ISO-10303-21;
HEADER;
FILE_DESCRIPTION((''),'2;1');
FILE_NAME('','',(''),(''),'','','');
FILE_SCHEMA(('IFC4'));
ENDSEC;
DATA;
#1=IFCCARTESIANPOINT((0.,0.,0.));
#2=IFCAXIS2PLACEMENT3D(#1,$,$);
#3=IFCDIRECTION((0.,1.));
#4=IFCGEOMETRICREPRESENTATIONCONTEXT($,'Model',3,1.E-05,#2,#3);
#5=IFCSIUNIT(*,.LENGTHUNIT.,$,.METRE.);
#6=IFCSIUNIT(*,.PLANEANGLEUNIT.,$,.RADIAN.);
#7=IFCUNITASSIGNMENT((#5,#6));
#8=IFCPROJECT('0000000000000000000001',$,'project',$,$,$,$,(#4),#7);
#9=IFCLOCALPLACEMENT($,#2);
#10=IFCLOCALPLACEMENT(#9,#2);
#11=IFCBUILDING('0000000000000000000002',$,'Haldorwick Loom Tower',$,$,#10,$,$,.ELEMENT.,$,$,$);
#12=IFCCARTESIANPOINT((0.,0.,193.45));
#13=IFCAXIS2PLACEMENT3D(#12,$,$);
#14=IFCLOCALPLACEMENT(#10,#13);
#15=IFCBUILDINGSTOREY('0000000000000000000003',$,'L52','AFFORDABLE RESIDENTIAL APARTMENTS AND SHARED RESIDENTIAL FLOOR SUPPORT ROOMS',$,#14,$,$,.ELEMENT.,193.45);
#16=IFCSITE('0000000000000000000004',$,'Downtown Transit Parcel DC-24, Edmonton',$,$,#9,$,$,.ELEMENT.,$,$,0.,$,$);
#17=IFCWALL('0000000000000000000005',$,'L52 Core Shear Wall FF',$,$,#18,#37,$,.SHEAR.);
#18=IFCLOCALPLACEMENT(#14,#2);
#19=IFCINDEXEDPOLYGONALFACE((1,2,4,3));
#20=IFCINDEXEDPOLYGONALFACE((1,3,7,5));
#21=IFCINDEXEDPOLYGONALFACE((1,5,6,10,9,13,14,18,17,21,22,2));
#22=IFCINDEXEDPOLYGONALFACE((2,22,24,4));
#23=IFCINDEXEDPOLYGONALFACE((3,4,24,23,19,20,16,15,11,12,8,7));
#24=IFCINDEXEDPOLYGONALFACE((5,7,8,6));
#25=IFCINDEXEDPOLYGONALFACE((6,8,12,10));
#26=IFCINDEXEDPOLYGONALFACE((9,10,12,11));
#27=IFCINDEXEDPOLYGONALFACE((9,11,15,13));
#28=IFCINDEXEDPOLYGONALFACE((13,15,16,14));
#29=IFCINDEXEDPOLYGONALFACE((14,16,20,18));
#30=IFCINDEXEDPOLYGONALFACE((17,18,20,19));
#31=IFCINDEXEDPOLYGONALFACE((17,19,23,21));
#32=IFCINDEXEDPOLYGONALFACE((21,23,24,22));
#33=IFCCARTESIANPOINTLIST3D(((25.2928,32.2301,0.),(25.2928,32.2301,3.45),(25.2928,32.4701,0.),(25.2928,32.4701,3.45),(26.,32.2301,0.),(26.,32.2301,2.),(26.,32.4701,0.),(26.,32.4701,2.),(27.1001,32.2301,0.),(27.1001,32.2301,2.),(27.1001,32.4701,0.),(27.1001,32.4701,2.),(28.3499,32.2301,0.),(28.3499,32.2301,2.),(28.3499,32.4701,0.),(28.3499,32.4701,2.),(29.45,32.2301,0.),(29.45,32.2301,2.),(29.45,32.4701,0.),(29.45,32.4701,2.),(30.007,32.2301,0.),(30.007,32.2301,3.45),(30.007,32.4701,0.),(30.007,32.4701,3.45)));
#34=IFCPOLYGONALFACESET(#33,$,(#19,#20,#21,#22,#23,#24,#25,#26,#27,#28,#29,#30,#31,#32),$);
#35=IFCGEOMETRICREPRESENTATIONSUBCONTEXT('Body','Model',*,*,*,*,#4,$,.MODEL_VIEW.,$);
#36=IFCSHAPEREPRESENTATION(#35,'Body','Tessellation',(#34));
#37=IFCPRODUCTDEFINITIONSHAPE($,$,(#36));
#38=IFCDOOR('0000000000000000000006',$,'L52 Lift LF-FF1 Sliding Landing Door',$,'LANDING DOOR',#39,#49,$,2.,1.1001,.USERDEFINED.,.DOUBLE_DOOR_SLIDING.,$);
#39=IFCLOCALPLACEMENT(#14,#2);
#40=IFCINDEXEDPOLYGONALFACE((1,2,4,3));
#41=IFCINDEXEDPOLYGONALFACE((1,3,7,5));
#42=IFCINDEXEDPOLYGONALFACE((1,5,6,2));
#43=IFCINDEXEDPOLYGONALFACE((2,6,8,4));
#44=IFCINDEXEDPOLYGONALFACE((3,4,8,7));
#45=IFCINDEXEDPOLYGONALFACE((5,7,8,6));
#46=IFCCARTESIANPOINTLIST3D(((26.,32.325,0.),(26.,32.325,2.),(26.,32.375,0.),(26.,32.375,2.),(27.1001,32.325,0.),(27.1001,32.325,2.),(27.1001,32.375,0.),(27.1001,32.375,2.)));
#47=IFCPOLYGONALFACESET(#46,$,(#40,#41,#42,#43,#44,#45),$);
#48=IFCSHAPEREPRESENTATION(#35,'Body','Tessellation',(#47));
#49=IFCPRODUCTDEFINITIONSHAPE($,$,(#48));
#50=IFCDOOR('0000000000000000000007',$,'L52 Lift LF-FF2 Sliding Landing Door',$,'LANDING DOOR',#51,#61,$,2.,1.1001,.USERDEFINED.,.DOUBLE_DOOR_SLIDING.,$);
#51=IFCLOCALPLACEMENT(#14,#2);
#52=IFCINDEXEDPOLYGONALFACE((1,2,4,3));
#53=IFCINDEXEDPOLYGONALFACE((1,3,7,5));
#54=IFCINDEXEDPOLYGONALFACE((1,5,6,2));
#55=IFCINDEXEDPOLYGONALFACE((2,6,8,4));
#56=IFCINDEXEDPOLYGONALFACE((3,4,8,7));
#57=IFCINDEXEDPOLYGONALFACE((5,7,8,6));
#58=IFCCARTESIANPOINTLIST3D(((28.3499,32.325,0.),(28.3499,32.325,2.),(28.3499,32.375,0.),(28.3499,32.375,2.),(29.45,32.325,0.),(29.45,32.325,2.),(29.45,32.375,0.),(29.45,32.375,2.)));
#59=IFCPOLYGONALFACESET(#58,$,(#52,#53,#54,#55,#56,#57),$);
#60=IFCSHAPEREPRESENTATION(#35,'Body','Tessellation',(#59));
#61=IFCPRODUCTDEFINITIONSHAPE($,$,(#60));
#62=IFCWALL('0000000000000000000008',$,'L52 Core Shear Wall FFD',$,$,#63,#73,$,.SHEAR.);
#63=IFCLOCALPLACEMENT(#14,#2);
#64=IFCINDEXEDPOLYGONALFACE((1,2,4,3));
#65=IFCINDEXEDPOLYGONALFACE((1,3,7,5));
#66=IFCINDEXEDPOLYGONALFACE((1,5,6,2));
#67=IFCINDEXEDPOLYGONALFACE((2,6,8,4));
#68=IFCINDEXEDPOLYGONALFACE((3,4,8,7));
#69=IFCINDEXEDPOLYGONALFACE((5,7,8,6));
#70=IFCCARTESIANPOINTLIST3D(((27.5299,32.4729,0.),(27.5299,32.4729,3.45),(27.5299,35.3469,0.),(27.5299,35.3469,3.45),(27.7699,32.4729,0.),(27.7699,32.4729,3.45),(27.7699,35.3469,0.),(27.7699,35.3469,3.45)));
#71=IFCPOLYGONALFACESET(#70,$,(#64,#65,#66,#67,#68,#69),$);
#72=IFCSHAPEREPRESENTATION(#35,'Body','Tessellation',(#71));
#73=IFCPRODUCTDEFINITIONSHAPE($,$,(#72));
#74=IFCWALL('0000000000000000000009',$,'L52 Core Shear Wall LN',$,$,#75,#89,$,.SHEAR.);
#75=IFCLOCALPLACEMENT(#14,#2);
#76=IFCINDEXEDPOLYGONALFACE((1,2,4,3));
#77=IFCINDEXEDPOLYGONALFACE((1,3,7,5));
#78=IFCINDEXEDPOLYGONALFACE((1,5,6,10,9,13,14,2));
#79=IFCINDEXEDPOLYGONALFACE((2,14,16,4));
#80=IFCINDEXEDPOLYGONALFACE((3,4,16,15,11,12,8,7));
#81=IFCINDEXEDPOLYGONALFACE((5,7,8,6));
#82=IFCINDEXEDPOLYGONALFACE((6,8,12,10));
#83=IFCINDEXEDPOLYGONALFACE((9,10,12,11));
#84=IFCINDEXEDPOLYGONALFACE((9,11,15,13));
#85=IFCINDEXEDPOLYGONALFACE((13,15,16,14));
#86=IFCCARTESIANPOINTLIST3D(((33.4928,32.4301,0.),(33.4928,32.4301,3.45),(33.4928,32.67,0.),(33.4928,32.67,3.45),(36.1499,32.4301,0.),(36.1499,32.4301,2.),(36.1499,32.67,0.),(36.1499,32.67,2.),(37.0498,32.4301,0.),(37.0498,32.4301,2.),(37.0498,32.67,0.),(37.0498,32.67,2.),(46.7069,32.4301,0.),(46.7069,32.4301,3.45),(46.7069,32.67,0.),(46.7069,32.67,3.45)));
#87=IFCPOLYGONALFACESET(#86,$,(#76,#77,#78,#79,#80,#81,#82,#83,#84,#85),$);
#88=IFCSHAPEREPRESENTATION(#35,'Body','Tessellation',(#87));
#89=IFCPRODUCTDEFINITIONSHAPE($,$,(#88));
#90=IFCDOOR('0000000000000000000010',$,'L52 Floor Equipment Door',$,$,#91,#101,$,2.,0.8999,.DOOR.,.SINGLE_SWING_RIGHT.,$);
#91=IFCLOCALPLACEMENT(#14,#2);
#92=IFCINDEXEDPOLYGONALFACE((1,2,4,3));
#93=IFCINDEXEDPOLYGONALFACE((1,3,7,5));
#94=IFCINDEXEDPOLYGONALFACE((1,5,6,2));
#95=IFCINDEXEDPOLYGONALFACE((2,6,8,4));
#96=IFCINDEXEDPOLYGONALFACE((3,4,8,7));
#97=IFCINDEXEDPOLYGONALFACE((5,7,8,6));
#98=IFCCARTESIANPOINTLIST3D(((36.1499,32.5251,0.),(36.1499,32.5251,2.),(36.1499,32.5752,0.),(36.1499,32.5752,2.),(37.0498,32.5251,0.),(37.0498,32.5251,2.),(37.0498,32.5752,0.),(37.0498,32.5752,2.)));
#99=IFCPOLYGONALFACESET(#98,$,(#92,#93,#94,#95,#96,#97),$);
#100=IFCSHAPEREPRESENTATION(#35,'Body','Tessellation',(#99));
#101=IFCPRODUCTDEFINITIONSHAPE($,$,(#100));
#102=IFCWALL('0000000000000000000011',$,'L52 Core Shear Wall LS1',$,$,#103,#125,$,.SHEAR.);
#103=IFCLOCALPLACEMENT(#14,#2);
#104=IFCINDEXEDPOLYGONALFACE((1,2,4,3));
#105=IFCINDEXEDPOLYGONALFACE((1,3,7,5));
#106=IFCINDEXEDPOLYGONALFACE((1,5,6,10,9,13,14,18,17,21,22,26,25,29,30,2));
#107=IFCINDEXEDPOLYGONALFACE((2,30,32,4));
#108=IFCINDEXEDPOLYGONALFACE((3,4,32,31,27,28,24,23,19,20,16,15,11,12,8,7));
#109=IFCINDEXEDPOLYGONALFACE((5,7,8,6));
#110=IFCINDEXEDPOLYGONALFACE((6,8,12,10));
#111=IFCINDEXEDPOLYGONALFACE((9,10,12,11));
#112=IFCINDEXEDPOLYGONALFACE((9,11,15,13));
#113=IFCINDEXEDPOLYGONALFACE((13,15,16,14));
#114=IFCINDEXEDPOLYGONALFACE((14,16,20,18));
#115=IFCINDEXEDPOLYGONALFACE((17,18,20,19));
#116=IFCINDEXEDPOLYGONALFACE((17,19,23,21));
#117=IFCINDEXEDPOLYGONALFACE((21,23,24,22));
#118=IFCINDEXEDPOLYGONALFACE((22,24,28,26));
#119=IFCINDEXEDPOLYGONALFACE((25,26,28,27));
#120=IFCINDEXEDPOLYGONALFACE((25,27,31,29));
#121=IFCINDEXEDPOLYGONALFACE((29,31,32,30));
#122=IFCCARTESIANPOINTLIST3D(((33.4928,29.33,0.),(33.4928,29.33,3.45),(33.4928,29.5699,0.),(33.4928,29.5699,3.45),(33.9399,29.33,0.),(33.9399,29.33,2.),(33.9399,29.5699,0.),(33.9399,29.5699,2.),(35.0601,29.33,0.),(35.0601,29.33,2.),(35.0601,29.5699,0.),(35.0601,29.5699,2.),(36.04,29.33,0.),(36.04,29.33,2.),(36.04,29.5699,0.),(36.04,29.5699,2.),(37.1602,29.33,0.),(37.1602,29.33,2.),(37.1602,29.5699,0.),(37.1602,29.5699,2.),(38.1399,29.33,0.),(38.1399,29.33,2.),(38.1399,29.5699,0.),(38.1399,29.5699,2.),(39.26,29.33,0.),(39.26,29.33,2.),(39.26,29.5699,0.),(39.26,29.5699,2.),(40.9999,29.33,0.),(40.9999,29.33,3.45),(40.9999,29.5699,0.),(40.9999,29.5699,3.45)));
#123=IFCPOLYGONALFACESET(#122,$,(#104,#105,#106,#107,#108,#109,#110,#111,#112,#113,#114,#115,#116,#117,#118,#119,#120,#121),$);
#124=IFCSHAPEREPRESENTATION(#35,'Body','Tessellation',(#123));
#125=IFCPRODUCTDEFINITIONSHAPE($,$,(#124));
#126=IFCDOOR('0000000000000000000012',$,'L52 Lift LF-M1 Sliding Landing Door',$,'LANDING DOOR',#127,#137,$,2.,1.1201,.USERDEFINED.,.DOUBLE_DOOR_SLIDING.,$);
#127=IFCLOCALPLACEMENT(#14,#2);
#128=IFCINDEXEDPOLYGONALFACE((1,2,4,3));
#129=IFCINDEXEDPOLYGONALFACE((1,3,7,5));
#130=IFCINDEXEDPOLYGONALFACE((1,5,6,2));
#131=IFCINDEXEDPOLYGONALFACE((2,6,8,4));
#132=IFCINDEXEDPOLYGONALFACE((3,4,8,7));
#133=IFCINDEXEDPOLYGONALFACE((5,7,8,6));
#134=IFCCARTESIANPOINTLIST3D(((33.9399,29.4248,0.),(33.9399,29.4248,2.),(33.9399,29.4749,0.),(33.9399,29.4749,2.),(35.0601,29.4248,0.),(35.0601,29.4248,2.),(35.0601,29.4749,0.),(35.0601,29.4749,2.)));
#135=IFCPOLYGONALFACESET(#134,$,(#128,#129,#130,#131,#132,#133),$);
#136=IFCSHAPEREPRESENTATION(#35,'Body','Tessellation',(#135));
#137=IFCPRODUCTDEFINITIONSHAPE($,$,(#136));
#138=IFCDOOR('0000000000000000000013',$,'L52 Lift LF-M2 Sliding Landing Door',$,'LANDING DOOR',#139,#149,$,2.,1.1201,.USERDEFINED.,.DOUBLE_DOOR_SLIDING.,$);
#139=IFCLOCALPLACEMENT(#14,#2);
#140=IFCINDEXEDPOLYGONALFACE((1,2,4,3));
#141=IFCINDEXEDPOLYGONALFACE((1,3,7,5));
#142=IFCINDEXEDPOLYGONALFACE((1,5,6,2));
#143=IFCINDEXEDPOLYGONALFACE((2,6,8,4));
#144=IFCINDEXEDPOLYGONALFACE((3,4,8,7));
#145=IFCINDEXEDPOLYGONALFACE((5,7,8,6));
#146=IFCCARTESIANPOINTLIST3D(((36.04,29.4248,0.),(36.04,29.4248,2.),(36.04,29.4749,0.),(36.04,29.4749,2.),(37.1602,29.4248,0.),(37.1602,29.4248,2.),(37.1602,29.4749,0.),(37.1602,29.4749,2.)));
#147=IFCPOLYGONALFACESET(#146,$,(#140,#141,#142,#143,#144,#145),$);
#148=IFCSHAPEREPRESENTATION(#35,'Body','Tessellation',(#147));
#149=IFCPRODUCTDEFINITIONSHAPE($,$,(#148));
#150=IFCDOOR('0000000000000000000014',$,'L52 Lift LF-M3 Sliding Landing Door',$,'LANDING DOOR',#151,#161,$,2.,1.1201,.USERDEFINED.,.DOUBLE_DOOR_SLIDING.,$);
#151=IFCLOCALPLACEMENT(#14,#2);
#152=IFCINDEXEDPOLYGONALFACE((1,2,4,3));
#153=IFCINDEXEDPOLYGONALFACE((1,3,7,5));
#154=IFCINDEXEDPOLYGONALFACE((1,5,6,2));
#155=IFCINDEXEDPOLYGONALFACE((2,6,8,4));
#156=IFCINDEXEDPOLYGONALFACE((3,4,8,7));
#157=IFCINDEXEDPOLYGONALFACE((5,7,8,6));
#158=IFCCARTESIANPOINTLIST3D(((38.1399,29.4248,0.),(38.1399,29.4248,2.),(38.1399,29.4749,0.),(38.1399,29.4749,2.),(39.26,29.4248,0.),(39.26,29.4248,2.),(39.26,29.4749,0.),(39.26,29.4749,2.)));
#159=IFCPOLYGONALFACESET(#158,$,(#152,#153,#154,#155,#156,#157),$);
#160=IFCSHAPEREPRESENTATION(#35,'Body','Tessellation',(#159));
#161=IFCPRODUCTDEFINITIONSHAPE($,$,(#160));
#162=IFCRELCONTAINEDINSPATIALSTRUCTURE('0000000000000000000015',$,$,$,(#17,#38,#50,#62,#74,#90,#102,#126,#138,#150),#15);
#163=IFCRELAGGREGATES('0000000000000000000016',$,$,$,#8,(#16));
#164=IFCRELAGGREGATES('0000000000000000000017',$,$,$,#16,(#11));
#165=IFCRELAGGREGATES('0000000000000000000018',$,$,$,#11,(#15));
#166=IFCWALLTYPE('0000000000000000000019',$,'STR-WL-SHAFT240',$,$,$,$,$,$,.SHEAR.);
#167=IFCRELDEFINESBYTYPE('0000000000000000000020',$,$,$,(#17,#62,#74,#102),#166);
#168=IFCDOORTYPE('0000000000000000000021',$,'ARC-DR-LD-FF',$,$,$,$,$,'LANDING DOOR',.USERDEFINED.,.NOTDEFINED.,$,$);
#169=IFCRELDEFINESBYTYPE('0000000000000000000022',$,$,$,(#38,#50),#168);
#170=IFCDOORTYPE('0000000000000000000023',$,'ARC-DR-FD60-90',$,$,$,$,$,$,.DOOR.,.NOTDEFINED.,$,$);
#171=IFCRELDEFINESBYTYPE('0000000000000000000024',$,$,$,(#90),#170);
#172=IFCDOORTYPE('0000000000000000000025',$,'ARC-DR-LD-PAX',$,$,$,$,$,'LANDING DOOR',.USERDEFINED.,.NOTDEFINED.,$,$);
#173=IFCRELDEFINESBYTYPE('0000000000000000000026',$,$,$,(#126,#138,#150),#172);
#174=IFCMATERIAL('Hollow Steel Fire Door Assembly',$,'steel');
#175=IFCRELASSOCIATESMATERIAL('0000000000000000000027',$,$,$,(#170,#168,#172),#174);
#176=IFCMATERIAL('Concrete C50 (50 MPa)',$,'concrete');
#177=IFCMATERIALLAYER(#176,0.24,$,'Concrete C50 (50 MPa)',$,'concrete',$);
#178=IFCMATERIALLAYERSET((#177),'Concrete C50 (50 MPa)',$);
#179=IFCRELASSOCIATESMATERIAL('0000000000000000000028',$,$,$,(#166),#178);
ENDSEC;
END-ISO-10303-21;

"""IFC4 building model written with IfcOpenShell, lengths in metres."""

from ifc_helpers import new_model, si_unit, direction, frame, frame_2d, origin, place, context, subcontext, project, spatial, rectangle, extrude, material, layer, layer_set, type_object, element, fill, save


model = new_model("IFC4")

# Units and contexts
model_context = context("Model", 3, precision=1e-05, world=origin(), true_north=direction((0.0, 1.0)))
body_context = subcontext(model_context, "Body", "Model", "MODEL_VIEW")
ifc_project = project(units=[si_unit("LENGTHUNIT", "METRE"), si_unit("PLANEANGLEUNIT", "RADIAN")], contexts=[model_context])

# Site, building, storey
site_placement = place(None, origin())
site = spatial("IfcSite", under=ifc_project, at=site_placement, Name="Downtown Transit Parcel DC-24, Edmonton", CompositionType="ELEMENT", RefElevation=0.0)
building_placement = place(site_placement, origin())
building = spatial("IfcBuilding", under=site, at=building_placement, Name="Haldorwick Loom Tower", CompositionType="ELEMENT")
storey_placement = place(building_placement, frame((0.0, 0.0, 193.45)))
storey = spatial("IfcBuildingStorey", under=building, at=storey_placement, Name="L52", Description="AFFORDABLE RESIDENTIAL APARTMENTS AND SHARED RESIDENTIAL FLOOR SUPPORT ROOMS", CompositionType="ELEMENT", Elevation=193.45)

# Shared definitions
ifc_material_1 = material(Name="Hollow Steel Fire Door Assembly", Category="steel")
door_type_1 = type_object("IfcDoorType", Name="ARC-DR-FD60-90", OperationType="NOTDEFINED", PredefinedType="DOOR", material=ifc_material_1)

# Shared definitions
ifc_material_2 = material(Name="Concrete C50 (50 MPa)", Category="concrete")
ifc_layer_1 = layer(ifc_material_2, 0.24, Name="Concrete C50 (50 MPa)", Category="concrete")
ifc_layer_set_1 = layer_set([ifc_layer_1], Name="Concrete C50 (50 MPa)")
wall_type_1 = type_object("IfcWallType", Name="STR-WL-SHAFT240", PredefinedType="SHEAR", material=ifc_layer_set_1)

# Wall, openings, doors
wall_1_placement = place(storey_placement, frame((25.293, 32.3501, 0.0), z_axis=(0.0, 0.0, 1.0), x_axis=(1.0, 0.0, 0.0)))
wall_1 = element("IfcWall", 1, at=wall_1_placement, inside=storey, type_object=wall_type_1, Name="L52 Core Shear Wall FF", PredefinedType="SHEAR", context=body_context, shape_type="SweptSolid", body=[
    extrude(rectangle(XDim=4.7141, YDim=0.24, at=frame_2d((2.3569, 0.0))), origin(), (0.0, 0.0, 1.0), 3.45),
])
opening_1_placement = place(wall_1_placement, frame((0.707, 0.0, 0.0)))
opening_1 = element("IfcOpeningElement", 2, at=opening_1_placement, cuts=wall_1, PredefinedType="OPENING", context=body_context, shape_type="SweptSolid", body=[
    extrude(rectangle(XDim=1.1001, YDim=2.0, at=frame_2d((0.55, 1.0))), frame((0.0, 0.1299, 0.0), z_axis=(0.0, -1.0, 0.0), x_axis=(1.0, 0.0, 0.0)), (0.0, 0.0, 1.0), 0.26),
])
opening_2_placement = place(wall_1_placement, frame((3.0569, 0.0, 0.0)))
opening_2 = element("IfcOpeningElement", 3, at=opening_2_placement, cuts=wall_1, PredefinedType="OPENING", context=body_context, shape_type="SweptSolid", body=[
    extrude(rectangle(XDim=1.1001, YDim=2.0, at=frame_2d((0.55, 1.0))), frame((0.0, 0.1299, 0.0), z_axis=(0.0, -1.0, 0.0), x_axis=(1.0, 0.0, 0.0)), (0.0, 0.0, 1.0), 0.26),
])
door_type_2 = type_object("IfcDoorType", Name="ARC-DR-LD-FF", ElementType="LANDING DOOR", OperationType="NOTDEFINED", PredefinedType="USERDEFINED", material=ifc_material_1)
door_1_placement = place(opening_1_placement, origin())
door_1 = element("IfcDoor", 4, at=door_1_placement, inside=storey, type_object=door_type_2, Name="L52 Lift LF-FF1 Sliding Landing Door", ObjectType="LANDING DOOR", OperationType="DOUBLE_DOOR_SLIDING", OverallHeight=2.0, OverallWidth=1.1001, PredefinedType="USERDEFINED", context=body_context, shape_type="SweptSolid", body=[
    extrude(rectangle(XDim=1.1001, YDim=2.0, at=frame_2d((0.55, 1.0))), frame((0.0, 0.0249, 0.0), z_axis=(0.0, -1.0, 0.0), x_axis=(1.0, 0.0, 0.0)), (0.0, 0.0, 1.0), 0.05),
])
fill(opening_1, door_1)
door_2_placement = place(opening_2_placement, origin())
door_2 = element("IfcDoor", 5, at=door_2_placement, inside=storey, type_object=door_type_2, Name="L52 Lift LF-FF2 Sliding Landing Door", ObjectType="LANDING DOOR", OperationType="DOUBLE_DOOR_SLIDING", OverallHeight=2.0, OverallWidth=1.1001, PredefinedType="USERDEFINED", context=body_context, shape_type="SweptSolid", body=[
    extrude(rectangle(XDim=1.1001, YDim=2.0, at=frame_2d((0.55, 1.0))), frame((0.0, 0.0249, 0.0), z_axis=(0.0, -1.0, 0.0), x_axis=(1.0, 0.0, 0.0)), (0.0, 0.0, 1.0), 0.05),
])
fill(opening_2, door_2)

# Wall
wall_2_placement = place(storey_placement, frame((27.6499, 32.4729, 0.0), z_axis=(0.0, 0.0, 1.0), x_axis=(0.0, 1.0, 0.0)))
element("IfcWall", 6, at=wall_2_placement, inside=storey, type_object=wall_type_1, Name="L52 Core Shear Wall FFD", PredefinedType="SHEAR", context=body_context, shape_type="SweptSolid", body=[
    extrude(rectangle(XDim=2.874, YDim=0.24, at=frame_2d((1.437, 0.0))), origin(), (0.0, 0.0, 1.0), 3.45),
])

# Wall, opening, door
wall_3_placement = place(storey_placement, frame((33.4929, 32.55, 0.0), z_axis=(0.0, 0.0, 1.0), x_axis=(1.0, 0.0, 0.0)))
wall_3 = element("IfcWall", 7, at=wall_3_placement, inside=storey, type_object=wall_type_1, Name="L52 Core Shear Wall LN", PredefinedType="SHEAR", context=body_context, shape_type="SweptSolid", body=[
    extrude(rectangle(XDim=13.2141, YDim=0.24, at=frame_2d((6.6069, 0.0))), origin(), (0.0, 0.0, 1.0), 3.45),
])
opening_3_placement = place(wall_3_placement, frame((2.657, 0.0, 0.0)))
opening_3 = element("IfcOpeningElement", 8, at=opening_3_placement, cuts=wall_3, PredefinedType="OPENING", context=body_context, shape_type="SweptSolid", body=[
    extrude(rectangle(XDim=0.8999, YDim=2.0, at=frame_2d((0.45, 1.0))), frame((0.0, 0.1299, 0.0), z_axis=(0.0, -1.0, 0.0), x_axis=(1.0, 0.0, 0.0)), (0.0, 0.0, 1.0), 0.26),
])
door_3_placement = place(opening_3_placement, frame((0.8999, 0.0, 0.0), z_axis=(0.0, 0.0, 1.0), x_axis=(-1.0, 0.0, 0.0)))
door_3 = element("IfcDoor", 9, at=door_3_placement, inside=storey, type_object=door_type_1, Name="L52 Floor Equipment Door", OperationType="SINGLE_SWING_RIGHT", OverallHeight=2.0, OverallWidth=0.8999, PredefinedType="DOOR", context=body_context, shape_type="SweptSolid", body=[
    extrude(rectangle(XDim=0.8999, YDim=2.0, at=frame_2d((0.45, 1.0))), frame((0.0, 0.0249, 0.0), z_axis=(0.0, -1.0, 0.0), x_axis=(1.0, 0.0, 0.0)), (0.0, 0.0, 1.0), 0.05),
])
fill(opening_3, door_3)

# Wall, openings, doors
wall_4_placement = place(storey_placement, frame((33.4929, 29.45, 0.0), z_axis=(0.0, 0.0, 1.0), x_axis=(1.0, 0.0, 0.0)))
wall_4 = element("IfcWall", 10, at=wall_4_placement, inside=storey, type_object=wall_type_1, Name="L52 Core Shear Wall LS1", PredefinedType="SHEAR", context=body_context, shape_type="SweptSolid", body=[
    extrude(rectangle(XDim=7.5071, YDim=0.24, at=frame_2d((3.7534, 0.0))), origin(), (0.0, 0.0, 1.0), 3.45),
])
opening_4_placement = place(wall_4_placement, frame((0.447, 0.0, 0.0)))
opening_4 = element("IfcOpeningElement", 11, at=opening_4_placement, cuts=wall_4, PredefinedType="OPENING", context=body_context, shape_type="SweptSolid", body=[
    extrude(rectangle(XDim=1.1201, YDim=2.0, at=frame_2d((0.5601, 1.0))), frame((0.0, 0.1299, 0.0), z_axis=(0.0, -1.0, 0.0), x_axis=(1.0, 0.0, 0.0)), (0.0, 0.0, 1.0), 0.26),
])
opening_5_placement = place(wall_4_placement, frame((2.5471, 0.0, 0.0)))
opening_5 = element("IfcOpeningElement", 12, at=opening_5_placement, cuts=wall_4, PredefinedType="OPENING", context=body_context, shape_type="SweptSolid", body=[
    extrude(rectangle(XDim=1.1201, YDim=2.0, at=frame_2d((0.5601, 1.0))), frame((0.0, 0.1299, 0.0), z_axis=(0.0, -1.0, 0.0), x_axis=(1.0, 0.0, 0.0)), (0.0, 0.0, 1.0), 0.26),
])
opening_6_placement = place(wall_4_placement, frame((4.647, 0.0, 0.0)))
opening_6 = element("IfcOpeningElement", 13, at=opening_6_placement, cuts=wall_4, PredefinedType="OPENING", context=body_context, shape_type="SweptSolid", body=[
    extrude(rectangle(XDim=1.1201, YDim=2.0, at=frame_2d((0.5601, 1.0))), frame((0.0, 0.1299, 0.0), z_axis=(0.0, -1.0, 0.0), x_axis=(1.0, 0.0, 0.0)), (0.0, 0.0, 1.0), 0.26),
])
door_type_3 = type_object("IfcDoorType", Name="ARC-DR-LD-PAX", ElementType="LANDING DOOR", OperationType="NOTDEFINED", PredefinedType="USERDEFINED", material=ifc_material_1)
door_4_placement = place(opening_4_placement, origin())
door_4 = element("IfcDoor", 14, at=door_4_placement, inside=storey, type_object=door_type_3, Name="L52 Lift LF-M1 Sliding Landing Door", ObjectType="LANDING DOOR", OperationType="DOUBLE_DOOR_SLIDING", OverallHeight=2.0, OverallWidth=1.1201, PredefinedType="USERDEFINED", context=body_context, shape_type="SweptSolid", body=[
    extrude(rectangle(XDim=1.1201, YDim=2.0, at=frame_2d((0.5601, 1.0))), frame((0.0, 0.0249, 0.0), z_axis=(0.0, -1.0, 0.0), x_axis=(1.0, 0.0, 0.0)), (0.0, 0.0, 1.0), 0.05),
])
fill(opening_4, door_4)
door_5_placement = place(opening_5_placement, origin())
door_5 = element("IfcDoor", 15, at=door_5_placement, inside=storey, type_object=door_type_3, Name="L52 Lift LF-M2 Sliding Landing Door", ObjectType="LANDING DOOR", OperationType="DOUBLE_DOOR_SLIDING", OverallHeight=2.0, OverallWidth=1.1201, PredefinedType="USERDEFINED", context=body_context, shape_type="SweptSolid", body=[
    extrude(rectangle(XDim=1.1201, YDim=2.0, at=frame_2d((0.5601, 1.0))), frame((0.0, 0.0249, 0.0), z_axis=(0.0, -1.0, 0.0), x_axis=(1.0, 0.0, 0.0)), (0.0, 0.0, 1.0), 0.05),
])
fill(opening_5, door_5)
door_6_placement = place(opening_6_placement, origin())
door_6 = element("IfcDoor", 16, at=door_6_placement, inside=storey, type_object=door_type_3, Name="L52 Lift LF-M3 Sliding Landing Door", ObjectType="LANDING DOOR", OperationType="DOUBLE_DOOR_SLIDING", OverallHeight=2.0, OverallWidth=1.1201, PredefinedType="USERDEFINED", context=body_context, shape_type="SweptSolid", body=[
    extrude(rectangle(XDim=1.1201, YDim=2.0, at=frame_2d((0.5601, 1.0))), frame((0.0, 0.0249, 0.0), z_axis=(0.0, -1.0, 0.0), x_axis=(1.0, 0.0, 0.0)), (0.0, 0.0, 1.0), 0.05),
])
fill(opening_6, door_6)

save(model, "model.ifc")
